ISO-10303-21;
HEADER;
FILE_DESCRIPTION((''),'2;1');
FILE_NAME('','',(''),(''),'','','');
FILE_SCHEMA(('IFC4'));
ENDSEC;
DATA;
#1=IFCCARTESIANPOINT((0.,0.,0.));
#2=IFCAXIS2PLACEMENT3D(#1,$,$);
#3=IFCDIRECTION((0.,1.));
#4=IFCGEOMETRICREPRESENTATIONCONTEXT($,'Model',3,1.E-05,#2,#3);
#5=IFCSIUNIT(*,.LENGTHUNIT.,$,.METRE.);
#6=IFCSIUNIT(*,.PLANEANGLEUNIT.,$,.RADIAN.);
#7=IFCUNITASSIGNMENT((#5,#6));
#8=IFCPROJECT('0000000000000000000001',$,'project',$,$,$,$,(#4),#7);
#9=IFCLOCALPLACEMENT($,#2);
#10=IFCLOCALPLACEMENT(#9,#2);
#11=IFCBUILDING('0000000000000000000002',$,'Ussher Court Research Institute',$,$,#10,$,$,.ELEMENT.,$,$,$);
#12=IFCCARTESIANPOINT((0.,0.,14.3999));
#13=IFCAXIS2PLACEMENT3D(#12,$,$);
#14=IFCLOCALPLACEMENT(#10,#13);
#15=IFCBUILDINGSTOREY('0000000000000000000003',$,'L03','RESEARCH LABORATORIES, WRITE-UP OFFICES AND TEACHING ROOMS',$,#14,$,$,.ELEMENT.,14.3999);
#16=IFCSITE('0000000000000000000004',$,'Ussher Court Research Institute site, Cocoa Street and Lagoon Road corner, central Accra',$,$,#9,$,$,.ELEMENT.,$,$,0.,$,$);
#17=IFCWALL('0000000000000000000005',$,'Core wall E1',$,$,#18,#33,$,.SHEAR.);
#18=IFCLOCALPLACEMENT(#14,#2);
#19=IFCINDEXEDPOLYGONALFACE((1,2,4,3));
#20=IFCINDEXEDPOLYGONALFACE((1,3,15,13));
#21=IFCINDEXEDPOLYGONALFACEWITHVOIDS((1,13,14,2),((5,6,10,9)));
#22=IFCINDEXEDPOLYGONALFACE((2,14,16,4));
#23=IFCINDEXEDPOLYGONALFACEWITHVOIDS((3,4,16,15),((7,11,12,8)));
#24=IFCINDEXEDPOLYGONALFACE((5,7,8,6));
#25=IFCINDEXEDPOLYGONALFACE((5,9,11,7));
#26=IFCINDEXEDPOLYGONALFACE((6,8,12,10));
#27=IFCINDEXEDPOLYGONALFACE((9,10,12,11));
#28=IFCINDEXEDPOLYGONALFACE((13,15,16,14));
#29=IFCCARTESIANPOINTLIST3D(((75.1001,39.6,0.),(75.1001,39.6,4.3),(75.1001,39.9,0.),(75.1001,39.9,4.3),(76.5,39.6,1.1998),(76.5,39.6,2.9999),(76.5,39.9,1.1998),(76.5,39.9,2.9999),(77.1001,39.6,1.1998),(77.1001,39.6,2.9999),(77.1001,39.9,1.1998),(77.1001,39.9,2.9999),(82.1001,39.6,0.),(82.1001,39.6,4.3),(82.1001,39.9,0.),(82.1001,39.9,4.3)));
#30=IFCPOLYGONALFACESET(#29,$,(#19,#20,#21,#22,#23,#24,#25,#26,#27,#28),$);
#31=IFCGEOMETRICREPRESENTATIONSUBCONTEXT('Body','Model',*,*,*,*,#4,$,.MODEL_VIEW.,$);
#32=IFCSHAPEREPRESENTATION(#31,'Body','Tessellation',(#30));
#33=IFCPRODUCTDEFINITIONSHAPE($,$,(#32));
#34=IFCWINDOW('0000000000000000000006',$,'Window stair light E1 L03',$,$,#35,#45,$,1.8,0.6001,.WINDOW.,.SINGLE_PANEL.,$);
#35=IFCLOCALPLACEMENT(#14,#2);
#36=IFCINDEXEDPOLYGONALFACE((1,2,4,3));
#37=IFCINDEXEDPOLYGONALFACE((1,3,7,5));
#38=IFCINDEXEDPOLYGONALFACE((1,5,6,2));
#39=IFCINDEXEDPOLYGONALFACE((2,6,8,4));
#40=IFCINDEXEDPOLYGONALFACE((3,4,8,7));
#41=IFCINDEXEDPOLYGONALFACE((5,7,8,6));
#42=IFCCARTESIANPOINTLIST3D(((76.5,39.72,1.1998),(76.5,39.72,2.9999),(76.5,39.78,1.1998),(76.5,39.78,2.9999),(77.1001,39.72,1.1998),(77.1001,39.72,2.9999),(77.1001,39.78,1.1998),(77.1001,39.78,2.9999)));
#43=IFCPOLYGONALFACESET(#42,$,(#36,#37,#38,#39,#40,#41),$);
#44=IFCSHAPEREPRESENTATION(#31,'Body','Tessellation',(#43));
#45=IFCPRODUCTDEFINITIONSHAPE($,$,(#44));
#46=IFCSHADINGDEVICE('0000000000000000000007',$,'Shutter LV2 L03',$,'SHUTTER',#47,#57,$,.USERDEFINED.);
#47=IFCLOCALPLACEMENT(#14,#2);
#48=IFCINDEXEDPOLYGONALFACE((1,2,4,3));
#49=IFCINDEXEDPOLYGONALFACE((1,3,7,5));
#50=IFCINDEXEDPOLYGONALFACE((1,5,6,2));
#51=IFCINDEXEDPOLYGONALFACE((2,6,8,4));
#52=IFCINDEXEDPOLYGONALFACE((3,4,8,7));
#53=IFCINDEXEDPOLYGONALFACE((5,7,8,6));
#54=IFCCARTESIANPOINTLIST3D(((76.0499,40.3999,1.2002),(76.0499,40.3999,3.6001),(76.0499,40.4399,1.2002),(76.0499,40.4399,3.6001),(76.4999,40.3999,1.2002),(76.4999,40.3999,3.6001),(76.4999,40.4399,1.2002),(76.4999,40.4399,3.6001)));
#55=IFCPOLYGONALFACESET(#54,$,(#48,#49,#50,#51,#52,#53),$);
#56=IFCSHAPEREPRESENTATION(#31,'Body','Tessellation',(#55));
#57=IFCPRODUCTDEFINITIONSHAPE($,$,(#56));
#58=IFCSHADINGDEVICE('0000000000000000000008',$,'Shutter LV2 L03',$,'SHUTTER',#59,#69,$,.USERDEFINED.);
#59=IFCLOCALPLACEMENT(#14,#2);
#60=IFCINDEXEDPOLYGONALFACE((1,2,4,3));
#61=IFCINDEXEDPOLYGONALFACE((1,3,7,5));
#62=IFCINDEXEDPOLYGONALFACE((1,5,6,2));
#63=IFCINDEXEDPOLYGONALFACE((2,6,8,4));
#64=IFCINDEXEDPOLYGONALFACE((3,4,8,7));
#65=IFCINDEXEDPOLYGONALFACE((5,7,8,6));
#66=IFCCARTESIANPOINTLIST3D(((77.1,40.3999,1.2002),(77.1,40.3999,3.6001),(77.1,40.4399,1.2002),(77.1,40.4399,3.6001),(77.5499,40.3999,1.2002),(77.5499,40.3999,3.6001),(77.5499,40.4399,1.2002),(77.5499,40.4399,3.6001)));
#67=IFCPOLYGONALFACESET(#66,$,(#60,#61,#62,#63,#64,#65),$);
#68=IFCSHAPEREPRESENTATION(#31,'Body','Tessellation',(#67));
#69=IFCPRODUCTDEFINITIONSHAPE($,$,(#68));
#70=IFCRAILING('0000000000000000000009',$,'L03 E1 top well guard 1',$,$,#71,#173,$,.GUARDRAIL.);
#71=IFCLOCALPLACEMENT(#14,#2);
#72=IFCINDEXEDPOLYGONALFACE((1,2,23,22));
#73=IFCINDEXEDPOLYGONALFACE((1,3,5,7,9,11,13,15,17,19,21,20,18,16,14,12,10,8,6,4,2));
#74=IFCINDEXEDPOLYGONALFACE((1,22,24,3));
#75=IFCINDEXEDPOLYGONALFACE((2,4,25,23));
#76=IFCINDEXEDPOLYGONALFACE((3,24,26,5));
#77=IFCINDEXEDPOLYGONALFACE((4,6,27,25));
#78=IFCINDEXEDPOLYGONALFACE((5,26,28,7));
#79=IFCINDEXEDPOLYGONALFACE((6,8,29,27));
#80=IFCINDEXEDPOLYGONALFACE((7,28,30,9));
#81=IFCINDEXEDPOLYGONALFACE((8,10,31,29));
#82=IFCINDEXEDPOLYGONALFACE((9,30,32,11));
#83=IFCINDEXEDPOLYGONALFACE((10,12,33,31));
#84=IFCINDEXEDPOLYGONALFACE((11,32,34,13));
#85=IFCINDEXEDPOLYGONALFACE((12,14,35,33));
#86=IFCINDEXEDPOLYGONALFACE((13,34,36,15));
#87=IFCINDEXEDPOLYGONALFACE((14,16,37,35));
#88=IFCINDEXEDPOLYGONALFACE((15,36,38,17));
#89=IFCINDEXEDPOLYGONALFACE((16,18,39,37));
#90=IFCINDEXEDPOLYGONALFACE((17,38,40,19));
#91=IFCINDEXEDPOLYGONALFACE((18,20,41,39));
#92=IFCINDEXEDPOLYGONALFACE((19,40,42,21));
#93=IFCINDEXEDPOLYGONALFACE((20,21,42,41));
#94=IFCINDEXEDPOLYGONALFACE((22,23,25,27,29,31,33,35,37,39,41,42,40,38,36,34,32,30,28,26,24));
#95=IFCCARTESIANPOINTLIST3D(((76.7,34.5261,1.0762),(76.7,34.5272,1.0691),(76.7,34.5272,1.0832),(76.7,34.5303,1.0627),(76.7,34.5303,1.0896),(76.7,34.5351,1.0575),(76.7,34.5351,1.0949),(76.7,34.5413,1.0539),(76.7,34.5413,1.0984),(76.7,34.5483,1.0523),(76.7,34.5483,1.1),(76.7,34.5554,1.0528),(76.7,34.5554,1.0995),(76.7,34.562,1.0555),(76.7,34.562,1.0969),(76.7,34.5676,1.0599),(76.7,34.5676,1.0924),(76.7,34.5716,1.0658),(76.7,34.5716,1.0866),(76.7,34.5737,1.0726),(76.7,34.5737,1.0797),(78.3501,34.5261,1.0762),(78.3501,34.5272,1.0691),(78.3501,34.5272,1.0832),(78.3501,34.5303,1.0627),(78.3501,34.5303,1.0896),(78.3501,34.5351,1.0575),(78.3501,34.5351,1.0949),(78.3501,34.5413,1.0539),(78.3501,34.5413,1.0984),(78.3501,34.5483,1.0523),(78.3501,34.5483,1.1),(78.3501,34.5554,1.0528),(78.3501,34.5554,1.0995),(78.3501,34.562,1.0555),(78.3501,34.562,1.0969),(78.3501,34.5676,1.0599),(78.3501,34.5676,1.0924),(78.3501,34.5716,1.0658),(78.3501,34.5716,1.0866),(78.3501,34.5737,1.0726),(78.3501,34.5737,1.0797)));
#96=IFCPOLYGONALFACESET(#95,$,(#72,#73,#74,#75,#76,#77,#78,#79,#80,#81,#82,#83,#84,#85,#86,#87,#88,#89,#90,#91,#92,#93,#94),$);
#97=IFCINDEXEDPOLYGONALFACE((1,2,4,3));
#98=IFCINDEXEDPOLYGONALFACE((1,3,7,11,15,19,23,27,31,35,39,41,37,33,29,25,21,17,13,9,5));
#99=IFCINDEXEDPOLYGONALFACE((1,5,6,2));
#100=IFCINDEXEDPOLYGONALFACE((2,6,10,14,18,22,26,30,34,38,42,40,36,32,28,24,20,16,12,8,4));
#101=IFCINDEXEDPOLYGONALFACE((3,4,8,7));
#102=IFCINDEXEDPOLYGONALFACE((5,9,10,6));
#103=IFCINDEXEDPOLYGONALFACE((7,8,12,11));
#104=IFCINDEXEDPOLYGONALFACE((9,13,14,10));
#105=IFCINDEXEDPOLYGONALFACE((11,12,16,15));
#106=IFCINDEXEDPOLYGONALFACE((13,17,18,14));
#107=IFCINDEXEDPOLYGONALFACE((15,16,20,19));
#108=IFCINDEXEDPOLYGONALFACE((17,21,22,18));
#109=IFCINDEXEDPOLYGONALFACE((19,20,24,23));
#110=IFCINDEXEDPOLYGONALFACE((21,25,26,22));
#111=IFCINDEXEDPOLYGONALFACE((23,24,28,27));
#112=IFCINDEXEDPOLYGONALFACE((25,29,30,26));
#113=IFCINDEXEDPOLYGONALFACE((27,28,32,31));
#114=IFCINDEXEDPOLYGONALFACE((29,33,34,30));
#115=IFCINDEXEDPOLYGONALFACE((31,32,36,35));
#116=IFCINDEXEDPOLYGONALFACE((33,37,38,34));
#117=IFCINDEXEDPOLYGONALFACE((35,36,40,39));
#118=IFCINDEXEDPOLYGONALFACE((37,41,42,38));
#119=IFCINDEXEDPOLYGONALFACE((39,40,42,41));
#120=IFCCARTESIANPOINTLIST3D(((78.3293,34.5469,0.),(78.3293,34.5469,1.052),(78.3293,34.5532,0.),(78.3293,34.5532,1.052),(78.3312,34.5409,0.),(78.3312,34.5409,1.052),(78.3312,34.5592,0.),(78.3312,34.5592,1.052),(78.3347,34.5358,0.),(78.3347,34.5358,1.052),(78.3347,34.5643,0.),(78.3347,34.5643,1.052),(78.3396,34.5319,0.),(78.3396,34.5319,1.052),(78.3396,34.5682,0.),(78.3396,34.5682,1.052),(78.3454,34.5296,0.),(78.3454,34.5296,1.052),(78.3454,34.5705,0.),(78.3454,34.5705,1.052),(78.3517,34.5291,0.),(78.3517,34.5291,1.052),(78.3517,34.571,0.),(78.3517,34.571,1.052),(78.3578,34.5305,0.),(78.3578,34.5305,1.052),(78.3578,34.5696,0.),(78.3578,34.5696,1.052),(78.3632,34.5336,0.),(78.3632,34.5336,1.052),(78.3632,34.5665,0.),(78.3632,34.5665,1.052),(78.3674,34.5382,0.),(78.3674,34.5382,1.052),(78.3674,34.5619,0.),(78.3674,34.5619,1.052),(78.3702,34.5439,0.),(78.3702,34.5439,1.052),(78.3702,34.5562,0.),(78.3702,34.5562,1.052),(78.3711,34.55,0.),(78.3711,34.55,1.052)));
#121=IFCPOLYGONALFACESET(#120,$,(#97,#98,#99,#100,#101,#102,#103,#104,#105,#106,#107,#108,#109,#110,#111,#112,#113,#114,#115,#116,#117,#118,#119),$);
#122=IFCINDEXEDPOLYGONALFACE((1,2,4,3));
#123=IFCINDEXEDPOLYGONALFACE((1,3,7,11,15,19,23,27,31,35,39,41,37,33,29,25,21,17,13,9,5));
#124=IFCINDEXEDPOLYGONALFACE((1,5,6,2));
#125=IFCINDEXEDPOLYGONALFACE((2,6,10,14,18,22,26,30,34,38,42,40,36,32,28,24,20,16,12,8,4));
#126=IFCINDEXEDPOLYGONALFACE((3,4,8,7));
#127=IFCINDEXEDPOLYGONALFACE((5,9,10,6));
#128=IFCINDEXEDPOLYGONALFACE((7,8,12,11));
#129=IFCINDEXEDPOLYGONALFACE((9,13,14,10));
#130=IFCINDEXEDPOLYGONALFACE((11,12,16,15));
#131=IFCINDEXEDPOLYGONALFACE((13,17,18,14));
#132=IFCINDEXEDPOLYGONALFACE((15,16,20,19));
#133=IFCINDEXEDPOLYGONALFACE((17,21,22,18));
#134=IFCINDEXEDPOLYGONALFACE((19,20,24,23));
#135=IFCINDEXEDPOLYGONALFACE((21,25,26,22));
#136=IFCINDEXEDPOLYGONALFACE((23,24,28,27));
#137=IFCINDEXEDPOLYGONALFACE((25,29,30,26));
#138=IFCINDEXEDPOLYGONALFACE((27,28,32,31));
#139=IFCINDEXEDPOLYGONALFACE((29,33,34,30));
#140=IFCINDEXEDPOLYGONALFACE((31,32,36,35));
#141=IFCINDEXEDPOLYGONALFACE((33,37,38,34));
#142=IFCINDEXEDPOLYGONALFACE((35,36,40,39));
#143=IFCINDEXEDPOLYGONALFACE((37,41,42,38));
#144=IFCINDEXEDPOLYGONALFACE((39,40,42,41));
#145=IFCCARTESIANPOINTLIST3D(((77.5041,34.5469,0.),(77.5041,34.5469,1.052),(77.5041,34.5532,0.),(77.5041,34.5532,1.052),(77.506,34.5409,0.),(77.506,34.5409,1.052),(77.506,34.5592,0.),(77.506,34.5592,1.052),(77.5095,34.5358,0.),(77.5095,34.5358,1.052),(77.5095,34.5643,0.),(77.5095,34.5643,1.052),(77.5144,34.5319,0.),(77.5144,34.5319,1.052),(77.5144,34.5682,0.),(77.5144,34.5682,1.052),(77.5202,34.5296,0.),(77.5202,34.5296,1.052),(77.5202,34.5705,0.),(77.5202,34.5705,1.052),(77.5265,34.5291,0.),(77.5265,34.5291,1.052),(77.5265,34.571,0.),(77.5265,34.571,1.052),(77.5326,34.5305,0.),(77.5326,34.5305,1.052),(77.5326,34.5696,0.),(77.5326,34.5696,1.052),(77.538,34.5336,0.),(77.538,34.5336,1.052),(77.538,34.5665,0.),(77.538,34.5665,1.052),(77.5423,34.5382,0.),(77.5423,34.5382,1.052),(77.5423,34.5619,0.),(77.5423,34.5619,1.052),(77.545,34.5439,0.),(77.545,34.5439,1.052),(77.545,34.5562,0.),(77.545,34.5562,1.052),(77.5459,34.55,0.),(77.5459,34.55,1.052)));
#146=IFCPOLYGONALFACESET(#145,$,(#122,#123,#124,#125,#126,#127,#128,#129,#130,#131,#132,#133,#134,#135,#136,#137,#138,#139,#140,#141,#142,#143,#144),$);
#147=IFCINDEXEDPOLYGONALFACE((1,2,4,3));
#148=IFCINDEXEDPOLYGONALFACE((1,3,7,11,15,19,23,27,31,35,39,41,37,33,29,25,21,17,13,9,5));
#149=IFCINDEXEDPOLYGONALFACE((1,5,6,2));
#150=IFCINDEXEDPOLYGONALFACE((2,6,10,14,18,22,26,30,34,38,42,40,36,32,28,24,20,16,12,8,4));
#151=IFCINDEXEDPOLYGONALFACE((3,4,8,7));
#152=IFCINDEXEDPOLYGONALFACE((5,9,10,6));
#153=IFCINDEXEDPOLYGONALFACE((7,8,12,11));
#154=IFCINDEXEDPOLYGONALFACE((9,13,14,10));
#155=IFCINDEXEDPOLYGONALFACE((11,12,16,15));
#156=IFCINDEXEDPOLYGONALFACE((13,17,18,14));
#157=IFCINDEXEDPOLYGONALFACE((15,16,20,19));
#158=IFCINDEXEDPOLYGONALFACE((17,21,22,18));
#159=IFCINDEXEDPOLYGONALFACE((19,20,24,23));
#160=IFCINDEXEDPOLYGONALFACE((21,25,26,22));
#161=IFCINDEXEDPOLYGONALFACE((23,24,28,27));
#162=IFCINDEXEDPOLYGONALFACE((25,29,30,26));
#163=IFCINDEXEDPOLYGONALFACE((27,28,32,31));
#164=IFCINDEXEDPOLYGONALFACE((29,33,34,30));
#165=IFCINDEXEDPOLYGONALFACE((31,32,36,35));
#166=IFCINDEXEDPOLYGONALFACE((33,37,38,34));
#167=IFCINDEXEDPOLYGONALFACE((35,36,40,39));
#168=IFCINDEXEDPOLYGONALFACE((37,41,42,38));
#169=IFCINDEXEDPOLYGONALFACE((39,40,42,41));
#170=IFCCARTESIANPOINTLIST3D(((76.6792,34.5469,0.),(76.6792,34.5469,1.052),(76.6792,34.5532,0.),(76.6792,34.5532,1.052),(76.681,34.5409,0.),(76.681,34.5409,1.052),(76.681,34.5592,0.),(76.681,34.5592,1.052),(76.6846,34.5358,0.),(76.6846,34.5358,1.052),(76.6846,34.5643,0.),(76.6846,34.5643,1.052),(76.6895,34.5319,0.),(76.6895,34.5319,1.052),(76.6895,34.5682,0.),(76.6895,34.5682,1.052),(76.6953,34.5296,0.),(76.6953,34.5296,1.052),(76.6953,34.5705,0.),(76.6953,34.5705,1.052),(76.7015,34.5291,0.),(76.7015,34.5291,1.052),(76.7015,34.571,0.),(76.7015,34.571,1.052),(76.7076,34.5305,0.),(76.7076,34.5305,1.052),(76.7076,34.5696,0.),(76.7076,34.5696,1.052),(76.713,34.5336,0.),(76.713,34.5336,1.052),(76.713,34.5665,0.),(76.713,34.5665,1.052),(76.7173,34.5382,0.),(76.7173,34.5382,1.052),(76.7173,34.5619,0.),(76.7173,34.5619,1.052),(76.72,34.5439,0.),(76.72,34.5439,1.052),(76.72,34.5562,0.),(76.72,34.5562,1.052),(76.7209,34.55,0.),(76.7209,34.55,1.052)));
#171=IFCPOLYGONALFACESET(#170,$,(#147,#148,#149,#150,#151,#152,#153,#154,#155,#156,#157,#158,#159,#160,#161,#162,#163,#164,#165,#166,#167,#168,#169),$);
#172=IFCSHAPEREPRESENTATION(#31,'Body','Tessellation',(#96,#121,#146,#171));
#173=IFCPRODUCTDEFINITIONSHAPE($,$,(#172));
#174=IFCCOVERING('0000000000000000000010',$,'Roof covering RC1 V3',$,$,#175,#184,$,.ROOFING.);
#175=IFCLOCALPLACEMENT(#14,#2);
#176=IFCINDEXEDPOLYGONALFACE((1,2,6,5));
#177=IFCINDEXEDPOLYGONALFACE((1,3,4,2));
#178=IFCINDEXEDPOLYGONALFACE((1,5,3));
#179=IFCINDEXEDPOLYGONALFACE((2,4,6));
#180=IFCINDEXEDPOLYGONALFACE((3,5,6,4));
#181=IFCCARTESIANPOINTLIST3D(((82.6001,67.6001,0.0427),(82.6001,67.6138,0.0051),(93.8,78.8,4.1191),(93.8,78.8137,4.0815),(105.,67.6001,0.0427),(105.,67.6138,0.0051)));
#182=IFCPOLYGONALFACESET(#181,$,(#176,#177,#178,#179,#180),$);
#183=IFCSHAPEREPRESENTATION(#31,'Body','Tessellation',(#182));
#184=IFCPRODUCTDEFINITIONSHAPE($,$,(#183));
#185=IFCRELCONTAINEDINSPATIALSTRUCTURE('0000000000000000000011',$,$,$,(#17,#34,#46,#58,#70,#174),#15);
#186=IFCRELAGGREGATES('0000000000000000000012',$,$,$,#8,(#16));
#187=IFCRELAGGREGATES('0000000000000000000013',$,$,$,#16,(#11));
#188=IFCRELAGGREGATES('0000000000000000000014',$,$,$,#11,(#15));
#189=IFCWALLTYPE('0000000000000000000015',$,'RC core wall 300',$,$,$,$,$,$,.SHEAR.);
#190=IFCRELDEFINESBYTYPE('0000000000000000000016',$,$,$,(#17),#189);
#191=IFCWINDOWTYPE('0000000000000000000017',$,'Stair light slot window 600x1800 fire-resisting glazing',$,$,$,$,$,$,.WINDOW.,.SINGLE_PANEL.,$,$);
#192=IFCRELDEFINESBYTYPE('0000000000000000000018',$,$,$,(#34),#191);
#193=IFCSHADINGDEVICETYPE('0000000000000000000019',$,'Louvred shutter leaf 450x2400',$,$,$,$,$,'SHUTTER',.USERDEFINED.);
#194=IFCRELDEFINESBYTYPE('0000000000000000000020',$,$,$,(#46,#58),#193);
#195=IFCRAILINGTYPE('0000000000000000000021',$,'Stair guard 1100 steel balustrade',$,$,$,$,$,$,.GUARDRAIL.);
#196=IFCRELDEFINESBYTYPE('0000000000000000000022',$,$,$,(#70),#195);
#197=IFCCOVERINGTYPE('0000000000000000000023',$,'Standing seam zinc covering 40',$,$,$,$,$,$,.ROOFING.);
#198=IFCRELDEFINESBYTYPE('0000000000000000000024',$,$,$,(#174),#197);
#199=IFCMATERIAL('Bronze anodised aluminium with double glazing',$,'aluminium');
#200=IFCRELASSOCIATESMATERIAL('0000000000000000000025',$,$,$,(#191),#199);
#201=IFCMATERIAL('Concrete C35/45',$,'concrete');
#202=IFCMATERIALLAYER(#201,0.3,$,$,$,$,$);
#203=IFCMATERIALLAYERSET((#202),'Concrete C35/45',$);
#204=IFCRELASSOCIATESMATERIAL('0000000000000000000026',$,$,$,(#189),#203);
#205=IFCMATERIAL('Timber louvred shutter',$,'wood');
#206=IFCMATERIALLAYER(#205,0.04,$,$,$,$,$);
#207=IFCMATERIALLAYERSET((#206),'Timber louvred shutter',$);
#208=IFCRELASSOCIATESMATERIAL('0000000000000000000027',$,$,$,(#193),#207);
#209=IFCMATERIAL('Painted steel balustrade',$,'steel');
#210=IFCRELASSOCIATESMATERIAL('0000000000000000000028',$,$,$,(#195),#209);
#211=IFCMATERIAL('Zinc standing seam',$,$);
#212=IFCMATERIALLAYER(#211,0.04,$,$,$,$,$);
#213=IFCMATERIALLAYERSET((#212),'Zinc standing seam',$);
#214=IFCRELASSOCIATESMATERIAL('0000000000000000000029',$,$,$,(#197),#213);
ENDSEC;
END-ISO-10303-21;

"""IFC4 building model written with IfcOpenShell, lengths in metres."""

from ifc_helpers import new_model, si_unit, direction, frame, frame_2d, origin, origin_2d, place, context, subcontext, project, spatial, polyline, rectangle, circle, outline, extrude, material, layer, layer_set, type_object, element, fill, save


model = new_model("IFC4")

# Units and contexts
model_context = context("Model", 3, precision=1e-05, world=origin(), true_north=direction((0.0, 1.0)))
body_context = subcontext(model_context, "Body", "Model", "MODEL_VIEW")
ifc_project = project(units=[si_unit("LENGTHUNIT", "METRE"), si_unit("PLANEANGLEUNIT", "RADIAN")], contexts=[model_context])

# Site, building, storey
site_placement = place(None, origin())
site = spatial("IfcSite", under=ifc_project, at=site_placement, Name="Ussher Court Research Institute site, Cocoa Street and Lagoon Road corner, central Accra", CompositionType="ELEMENT", RefElevation=0.0)
building_placement = place(site_placement, origin())
building = spatial("IfcBuilding", under=site, at=building_placement, Name="Ussher Court Research Institute", CompositionType="ELEMENT")
storey_placement = place(building_placement, frame((0.0, 0.0, 14.3999)))
storey = spatial("IfcBuildingStorey", under=building, at=storey_placement, Name="L03", Description="RESEARCH LABORATORIES, WRITE-UP OFFICES AND TEACHING ROOMS", CompositionType="ELEMENT", Elevation=14.3999)

# Shared definitions
ifc_material_1 = material(Name="Bronze anodised aluminium with double glazing", Category="aluminium")
window_type = type_object("IfcWindowType", Name="Stair light slot window 600x1800 fire-resisting glazing", PartitioningType="SINGLE_PANEL", PredefinedType="WINDOW", material=ifc_material_1)

# Wall, opening, window
ifc_material_2 = material(Name="Concrete C35/45", Category="concrete")
ifc_layer_1 = layer(ifc_material_2, 0.3)
ifc_layer_set_1 = layer_set([ifc_layer_1], Name="Concrete C35/45")
wall_type_1 = type_object("IfcWallType", Name="RC core wall 300", PredefinedType="SHEAR", material=ifc_layer_set_1)
wall_1_placement = place(storey_placement, frame((75.1001, 39.75, 0.0), z_axis=(0.0, 0.0, 1.0), x_axis=(1.0, 0.0, 0.0)))
wall_1 = element("IfcWall", 1, at=wall_1_placement, inside=storey, type_object=wall_type_1, Name="Core wall E1", PredefinedType="SHEAR", context=body_context, shape_type="SweptSolid", body=[
    extrude(rectangle(XDim=7.0, YDim=0.3, at=frame_2d((3.5, 0.0))), origin(), (0.0, 0.0, 1.0), 4.3),
])
opening_1_placement = place(wall_1_placement, frame((1.3999, 0.0, 1.2)))
opening_1 = element("IfcOpeningElement", 2, at=opening_1_placement, cuts=wall_1, PredefinedType="OPENING", context=body_context, shape_type="SweptSolid", body=[
    extrude(rectangle(XDim=0.6001, YDim=1.8, at=frame_2d((0.3, 0.8999))), frame((0.0, 0.1602, 0.0), z_axis=(0.0, -1.0, 0.0), x_axis=(1.0, 0.0, 0.0)), (0.0, 0.0, 1.0), 0.3201),
])
window_1_placement = place(opening_1_placement, origin())
window_1 = element("IfcWindow", 3, at=window_1_placement, inside=storey, type_object=window_type, Name="Window stair light E1 L03", OverallHeight=1.8, OverallWidth=0.6001, PartitioningType="SINGLE_PANEL", PredefinedType="WINDOW", context=body_context, shape_type="SweptSolid", body=[
    extrude(rectangle(XDim=0.6001, YDim=1.8, at=frame_2d((0.3, 0.8999))), frame((0.0, 0.03, 0.0), z_axis=(0.0, -1.0, 0.0), x_axis=(1.0, 0.0, 0.0)), (0.0, 0.0, 1.0), 0.0601),
])
fill(opening_1, window_1)

# Shading devices
ifc_material_3 = material(Name="Timber louvred shutter", Category="wood")
ifc_layer_2 = layer(ifc_material_3, 0.04)
ifc_layer_set_2 = layer_set([ifc_layer_2], Name="Timber louvred shutter")
shading_device_type = type_object("IfcShadingDeviceType", Name="Louvred shutter leaf 450x2400", ElementType="SHUTTER", PredefinedType="USERDEFINED", material=ifc_layer_set_2)
for number, where, z_axis, x_axis, name in (
    (4, (76.2749, 40.4199, 1.2002), (0.0, 0.0, 1.0), (1.0, 0.0, 0.0), "Shutter LV2 L03"),
    (5, (77.325, 40.4199, 1.2002), (0.0, 0.0, 1.0), (1.0, 0.0, 0.0), "Shutter LV2 L03"),
):
    element("IfcShadingDevice", number, at=place(storey_placement, frame(where, z_axis=z_axis, x_axis=x_axis)), inside=storey, type_object=shading_device_type, Name=name, ObjectType="SHUTTER", PredefinedType="USERDEFINED", context=body_context, shape_type="SweptSolid", body=[
        extrude(rectangle(XDim=0.45, YDim=0.04, at=origin_2d()), origin(), (0.0, 0.0, 1.0), 2.3999),
    ])

# Railing
ifc_material_4 = material(Name="Painted steel balustrade", Category="steel")
railing_type = type_object("IfcRailingType", Name="Stair guard 1100 steel balustrade", PredefinedType="GUARDRAIL", material=ifc_material_4)
railing_placement = place(storey_placement, frame((78.3501, 34.55, 0.0)))
element("IfcRailing", 6, at=railing_placement, inside=storey, type_object=railing_type, Name="L03 E1 top well guard 1", PredefinedType="GUARDRAIL", context=body_context, shape_type="SweptSolid", body=[
    extrude(circle(Radius=0.0239, at=origin_2d()), frame((0.0, 0.0, 1.0762), z_axis=(-1.0, 0.0, 0.0), x_axis=(0.0, -1.0, 0.0)), (0.0, 0.0, 1.0), 1.6501),
    extrude(circle(Radius=0.021, at=origin_2d()), origin(), (0.0, 0.0, 1.0), 1.052),
    extrude(circle(Radius=0.021, at=origin_2d()), frame((-0.8252, 0.0, 0.0)), (0.0, 0.0, 1.0), 1.052),
    extrude(circle(Radius=0.021, at=origin_2d()), frame((-1.6501, 0.0, 0.0)), (0.0, 0.0, 1.0), 1.052),
])

# Covering
ifc_material_5 = material(Name="Zinc standing seam")
ifc_layer_3 = layer(ifc_material_5, 0.04)
ifc_layer_set_3 = layer_set([ifc_layer_3], Name="Zinc standing seam")
covering_type = type_object("IfcCoveringType", Name="Standing seam zinc covering 40", PredefinedType="ROOFING", material=ifc_layer_set_3)
covering_placement = place(storey_placement, frame((82.6001, 67.6001, 0.0427), z_axis=(0.0, -0.342018, 0.939694), x_axis=(1.0, 0.0, 0.0)))
element("IfcCovering", 7, at=covering_placement, inside=storey, type_object=covering_type, Name="Roof covering RC1 V3", PredefinedType="ROOFING", context=body_context, shape_type="SweptSolid", body=[
    extrude(outline(polyline([(0.0, 0.0), (22.3999, 0.0), (11.2, 11.9187), (0.0, 0.0)])), origin(), (0.0, 0.0, -1.0), 0.04),
])

save(model, "model.ifc")
